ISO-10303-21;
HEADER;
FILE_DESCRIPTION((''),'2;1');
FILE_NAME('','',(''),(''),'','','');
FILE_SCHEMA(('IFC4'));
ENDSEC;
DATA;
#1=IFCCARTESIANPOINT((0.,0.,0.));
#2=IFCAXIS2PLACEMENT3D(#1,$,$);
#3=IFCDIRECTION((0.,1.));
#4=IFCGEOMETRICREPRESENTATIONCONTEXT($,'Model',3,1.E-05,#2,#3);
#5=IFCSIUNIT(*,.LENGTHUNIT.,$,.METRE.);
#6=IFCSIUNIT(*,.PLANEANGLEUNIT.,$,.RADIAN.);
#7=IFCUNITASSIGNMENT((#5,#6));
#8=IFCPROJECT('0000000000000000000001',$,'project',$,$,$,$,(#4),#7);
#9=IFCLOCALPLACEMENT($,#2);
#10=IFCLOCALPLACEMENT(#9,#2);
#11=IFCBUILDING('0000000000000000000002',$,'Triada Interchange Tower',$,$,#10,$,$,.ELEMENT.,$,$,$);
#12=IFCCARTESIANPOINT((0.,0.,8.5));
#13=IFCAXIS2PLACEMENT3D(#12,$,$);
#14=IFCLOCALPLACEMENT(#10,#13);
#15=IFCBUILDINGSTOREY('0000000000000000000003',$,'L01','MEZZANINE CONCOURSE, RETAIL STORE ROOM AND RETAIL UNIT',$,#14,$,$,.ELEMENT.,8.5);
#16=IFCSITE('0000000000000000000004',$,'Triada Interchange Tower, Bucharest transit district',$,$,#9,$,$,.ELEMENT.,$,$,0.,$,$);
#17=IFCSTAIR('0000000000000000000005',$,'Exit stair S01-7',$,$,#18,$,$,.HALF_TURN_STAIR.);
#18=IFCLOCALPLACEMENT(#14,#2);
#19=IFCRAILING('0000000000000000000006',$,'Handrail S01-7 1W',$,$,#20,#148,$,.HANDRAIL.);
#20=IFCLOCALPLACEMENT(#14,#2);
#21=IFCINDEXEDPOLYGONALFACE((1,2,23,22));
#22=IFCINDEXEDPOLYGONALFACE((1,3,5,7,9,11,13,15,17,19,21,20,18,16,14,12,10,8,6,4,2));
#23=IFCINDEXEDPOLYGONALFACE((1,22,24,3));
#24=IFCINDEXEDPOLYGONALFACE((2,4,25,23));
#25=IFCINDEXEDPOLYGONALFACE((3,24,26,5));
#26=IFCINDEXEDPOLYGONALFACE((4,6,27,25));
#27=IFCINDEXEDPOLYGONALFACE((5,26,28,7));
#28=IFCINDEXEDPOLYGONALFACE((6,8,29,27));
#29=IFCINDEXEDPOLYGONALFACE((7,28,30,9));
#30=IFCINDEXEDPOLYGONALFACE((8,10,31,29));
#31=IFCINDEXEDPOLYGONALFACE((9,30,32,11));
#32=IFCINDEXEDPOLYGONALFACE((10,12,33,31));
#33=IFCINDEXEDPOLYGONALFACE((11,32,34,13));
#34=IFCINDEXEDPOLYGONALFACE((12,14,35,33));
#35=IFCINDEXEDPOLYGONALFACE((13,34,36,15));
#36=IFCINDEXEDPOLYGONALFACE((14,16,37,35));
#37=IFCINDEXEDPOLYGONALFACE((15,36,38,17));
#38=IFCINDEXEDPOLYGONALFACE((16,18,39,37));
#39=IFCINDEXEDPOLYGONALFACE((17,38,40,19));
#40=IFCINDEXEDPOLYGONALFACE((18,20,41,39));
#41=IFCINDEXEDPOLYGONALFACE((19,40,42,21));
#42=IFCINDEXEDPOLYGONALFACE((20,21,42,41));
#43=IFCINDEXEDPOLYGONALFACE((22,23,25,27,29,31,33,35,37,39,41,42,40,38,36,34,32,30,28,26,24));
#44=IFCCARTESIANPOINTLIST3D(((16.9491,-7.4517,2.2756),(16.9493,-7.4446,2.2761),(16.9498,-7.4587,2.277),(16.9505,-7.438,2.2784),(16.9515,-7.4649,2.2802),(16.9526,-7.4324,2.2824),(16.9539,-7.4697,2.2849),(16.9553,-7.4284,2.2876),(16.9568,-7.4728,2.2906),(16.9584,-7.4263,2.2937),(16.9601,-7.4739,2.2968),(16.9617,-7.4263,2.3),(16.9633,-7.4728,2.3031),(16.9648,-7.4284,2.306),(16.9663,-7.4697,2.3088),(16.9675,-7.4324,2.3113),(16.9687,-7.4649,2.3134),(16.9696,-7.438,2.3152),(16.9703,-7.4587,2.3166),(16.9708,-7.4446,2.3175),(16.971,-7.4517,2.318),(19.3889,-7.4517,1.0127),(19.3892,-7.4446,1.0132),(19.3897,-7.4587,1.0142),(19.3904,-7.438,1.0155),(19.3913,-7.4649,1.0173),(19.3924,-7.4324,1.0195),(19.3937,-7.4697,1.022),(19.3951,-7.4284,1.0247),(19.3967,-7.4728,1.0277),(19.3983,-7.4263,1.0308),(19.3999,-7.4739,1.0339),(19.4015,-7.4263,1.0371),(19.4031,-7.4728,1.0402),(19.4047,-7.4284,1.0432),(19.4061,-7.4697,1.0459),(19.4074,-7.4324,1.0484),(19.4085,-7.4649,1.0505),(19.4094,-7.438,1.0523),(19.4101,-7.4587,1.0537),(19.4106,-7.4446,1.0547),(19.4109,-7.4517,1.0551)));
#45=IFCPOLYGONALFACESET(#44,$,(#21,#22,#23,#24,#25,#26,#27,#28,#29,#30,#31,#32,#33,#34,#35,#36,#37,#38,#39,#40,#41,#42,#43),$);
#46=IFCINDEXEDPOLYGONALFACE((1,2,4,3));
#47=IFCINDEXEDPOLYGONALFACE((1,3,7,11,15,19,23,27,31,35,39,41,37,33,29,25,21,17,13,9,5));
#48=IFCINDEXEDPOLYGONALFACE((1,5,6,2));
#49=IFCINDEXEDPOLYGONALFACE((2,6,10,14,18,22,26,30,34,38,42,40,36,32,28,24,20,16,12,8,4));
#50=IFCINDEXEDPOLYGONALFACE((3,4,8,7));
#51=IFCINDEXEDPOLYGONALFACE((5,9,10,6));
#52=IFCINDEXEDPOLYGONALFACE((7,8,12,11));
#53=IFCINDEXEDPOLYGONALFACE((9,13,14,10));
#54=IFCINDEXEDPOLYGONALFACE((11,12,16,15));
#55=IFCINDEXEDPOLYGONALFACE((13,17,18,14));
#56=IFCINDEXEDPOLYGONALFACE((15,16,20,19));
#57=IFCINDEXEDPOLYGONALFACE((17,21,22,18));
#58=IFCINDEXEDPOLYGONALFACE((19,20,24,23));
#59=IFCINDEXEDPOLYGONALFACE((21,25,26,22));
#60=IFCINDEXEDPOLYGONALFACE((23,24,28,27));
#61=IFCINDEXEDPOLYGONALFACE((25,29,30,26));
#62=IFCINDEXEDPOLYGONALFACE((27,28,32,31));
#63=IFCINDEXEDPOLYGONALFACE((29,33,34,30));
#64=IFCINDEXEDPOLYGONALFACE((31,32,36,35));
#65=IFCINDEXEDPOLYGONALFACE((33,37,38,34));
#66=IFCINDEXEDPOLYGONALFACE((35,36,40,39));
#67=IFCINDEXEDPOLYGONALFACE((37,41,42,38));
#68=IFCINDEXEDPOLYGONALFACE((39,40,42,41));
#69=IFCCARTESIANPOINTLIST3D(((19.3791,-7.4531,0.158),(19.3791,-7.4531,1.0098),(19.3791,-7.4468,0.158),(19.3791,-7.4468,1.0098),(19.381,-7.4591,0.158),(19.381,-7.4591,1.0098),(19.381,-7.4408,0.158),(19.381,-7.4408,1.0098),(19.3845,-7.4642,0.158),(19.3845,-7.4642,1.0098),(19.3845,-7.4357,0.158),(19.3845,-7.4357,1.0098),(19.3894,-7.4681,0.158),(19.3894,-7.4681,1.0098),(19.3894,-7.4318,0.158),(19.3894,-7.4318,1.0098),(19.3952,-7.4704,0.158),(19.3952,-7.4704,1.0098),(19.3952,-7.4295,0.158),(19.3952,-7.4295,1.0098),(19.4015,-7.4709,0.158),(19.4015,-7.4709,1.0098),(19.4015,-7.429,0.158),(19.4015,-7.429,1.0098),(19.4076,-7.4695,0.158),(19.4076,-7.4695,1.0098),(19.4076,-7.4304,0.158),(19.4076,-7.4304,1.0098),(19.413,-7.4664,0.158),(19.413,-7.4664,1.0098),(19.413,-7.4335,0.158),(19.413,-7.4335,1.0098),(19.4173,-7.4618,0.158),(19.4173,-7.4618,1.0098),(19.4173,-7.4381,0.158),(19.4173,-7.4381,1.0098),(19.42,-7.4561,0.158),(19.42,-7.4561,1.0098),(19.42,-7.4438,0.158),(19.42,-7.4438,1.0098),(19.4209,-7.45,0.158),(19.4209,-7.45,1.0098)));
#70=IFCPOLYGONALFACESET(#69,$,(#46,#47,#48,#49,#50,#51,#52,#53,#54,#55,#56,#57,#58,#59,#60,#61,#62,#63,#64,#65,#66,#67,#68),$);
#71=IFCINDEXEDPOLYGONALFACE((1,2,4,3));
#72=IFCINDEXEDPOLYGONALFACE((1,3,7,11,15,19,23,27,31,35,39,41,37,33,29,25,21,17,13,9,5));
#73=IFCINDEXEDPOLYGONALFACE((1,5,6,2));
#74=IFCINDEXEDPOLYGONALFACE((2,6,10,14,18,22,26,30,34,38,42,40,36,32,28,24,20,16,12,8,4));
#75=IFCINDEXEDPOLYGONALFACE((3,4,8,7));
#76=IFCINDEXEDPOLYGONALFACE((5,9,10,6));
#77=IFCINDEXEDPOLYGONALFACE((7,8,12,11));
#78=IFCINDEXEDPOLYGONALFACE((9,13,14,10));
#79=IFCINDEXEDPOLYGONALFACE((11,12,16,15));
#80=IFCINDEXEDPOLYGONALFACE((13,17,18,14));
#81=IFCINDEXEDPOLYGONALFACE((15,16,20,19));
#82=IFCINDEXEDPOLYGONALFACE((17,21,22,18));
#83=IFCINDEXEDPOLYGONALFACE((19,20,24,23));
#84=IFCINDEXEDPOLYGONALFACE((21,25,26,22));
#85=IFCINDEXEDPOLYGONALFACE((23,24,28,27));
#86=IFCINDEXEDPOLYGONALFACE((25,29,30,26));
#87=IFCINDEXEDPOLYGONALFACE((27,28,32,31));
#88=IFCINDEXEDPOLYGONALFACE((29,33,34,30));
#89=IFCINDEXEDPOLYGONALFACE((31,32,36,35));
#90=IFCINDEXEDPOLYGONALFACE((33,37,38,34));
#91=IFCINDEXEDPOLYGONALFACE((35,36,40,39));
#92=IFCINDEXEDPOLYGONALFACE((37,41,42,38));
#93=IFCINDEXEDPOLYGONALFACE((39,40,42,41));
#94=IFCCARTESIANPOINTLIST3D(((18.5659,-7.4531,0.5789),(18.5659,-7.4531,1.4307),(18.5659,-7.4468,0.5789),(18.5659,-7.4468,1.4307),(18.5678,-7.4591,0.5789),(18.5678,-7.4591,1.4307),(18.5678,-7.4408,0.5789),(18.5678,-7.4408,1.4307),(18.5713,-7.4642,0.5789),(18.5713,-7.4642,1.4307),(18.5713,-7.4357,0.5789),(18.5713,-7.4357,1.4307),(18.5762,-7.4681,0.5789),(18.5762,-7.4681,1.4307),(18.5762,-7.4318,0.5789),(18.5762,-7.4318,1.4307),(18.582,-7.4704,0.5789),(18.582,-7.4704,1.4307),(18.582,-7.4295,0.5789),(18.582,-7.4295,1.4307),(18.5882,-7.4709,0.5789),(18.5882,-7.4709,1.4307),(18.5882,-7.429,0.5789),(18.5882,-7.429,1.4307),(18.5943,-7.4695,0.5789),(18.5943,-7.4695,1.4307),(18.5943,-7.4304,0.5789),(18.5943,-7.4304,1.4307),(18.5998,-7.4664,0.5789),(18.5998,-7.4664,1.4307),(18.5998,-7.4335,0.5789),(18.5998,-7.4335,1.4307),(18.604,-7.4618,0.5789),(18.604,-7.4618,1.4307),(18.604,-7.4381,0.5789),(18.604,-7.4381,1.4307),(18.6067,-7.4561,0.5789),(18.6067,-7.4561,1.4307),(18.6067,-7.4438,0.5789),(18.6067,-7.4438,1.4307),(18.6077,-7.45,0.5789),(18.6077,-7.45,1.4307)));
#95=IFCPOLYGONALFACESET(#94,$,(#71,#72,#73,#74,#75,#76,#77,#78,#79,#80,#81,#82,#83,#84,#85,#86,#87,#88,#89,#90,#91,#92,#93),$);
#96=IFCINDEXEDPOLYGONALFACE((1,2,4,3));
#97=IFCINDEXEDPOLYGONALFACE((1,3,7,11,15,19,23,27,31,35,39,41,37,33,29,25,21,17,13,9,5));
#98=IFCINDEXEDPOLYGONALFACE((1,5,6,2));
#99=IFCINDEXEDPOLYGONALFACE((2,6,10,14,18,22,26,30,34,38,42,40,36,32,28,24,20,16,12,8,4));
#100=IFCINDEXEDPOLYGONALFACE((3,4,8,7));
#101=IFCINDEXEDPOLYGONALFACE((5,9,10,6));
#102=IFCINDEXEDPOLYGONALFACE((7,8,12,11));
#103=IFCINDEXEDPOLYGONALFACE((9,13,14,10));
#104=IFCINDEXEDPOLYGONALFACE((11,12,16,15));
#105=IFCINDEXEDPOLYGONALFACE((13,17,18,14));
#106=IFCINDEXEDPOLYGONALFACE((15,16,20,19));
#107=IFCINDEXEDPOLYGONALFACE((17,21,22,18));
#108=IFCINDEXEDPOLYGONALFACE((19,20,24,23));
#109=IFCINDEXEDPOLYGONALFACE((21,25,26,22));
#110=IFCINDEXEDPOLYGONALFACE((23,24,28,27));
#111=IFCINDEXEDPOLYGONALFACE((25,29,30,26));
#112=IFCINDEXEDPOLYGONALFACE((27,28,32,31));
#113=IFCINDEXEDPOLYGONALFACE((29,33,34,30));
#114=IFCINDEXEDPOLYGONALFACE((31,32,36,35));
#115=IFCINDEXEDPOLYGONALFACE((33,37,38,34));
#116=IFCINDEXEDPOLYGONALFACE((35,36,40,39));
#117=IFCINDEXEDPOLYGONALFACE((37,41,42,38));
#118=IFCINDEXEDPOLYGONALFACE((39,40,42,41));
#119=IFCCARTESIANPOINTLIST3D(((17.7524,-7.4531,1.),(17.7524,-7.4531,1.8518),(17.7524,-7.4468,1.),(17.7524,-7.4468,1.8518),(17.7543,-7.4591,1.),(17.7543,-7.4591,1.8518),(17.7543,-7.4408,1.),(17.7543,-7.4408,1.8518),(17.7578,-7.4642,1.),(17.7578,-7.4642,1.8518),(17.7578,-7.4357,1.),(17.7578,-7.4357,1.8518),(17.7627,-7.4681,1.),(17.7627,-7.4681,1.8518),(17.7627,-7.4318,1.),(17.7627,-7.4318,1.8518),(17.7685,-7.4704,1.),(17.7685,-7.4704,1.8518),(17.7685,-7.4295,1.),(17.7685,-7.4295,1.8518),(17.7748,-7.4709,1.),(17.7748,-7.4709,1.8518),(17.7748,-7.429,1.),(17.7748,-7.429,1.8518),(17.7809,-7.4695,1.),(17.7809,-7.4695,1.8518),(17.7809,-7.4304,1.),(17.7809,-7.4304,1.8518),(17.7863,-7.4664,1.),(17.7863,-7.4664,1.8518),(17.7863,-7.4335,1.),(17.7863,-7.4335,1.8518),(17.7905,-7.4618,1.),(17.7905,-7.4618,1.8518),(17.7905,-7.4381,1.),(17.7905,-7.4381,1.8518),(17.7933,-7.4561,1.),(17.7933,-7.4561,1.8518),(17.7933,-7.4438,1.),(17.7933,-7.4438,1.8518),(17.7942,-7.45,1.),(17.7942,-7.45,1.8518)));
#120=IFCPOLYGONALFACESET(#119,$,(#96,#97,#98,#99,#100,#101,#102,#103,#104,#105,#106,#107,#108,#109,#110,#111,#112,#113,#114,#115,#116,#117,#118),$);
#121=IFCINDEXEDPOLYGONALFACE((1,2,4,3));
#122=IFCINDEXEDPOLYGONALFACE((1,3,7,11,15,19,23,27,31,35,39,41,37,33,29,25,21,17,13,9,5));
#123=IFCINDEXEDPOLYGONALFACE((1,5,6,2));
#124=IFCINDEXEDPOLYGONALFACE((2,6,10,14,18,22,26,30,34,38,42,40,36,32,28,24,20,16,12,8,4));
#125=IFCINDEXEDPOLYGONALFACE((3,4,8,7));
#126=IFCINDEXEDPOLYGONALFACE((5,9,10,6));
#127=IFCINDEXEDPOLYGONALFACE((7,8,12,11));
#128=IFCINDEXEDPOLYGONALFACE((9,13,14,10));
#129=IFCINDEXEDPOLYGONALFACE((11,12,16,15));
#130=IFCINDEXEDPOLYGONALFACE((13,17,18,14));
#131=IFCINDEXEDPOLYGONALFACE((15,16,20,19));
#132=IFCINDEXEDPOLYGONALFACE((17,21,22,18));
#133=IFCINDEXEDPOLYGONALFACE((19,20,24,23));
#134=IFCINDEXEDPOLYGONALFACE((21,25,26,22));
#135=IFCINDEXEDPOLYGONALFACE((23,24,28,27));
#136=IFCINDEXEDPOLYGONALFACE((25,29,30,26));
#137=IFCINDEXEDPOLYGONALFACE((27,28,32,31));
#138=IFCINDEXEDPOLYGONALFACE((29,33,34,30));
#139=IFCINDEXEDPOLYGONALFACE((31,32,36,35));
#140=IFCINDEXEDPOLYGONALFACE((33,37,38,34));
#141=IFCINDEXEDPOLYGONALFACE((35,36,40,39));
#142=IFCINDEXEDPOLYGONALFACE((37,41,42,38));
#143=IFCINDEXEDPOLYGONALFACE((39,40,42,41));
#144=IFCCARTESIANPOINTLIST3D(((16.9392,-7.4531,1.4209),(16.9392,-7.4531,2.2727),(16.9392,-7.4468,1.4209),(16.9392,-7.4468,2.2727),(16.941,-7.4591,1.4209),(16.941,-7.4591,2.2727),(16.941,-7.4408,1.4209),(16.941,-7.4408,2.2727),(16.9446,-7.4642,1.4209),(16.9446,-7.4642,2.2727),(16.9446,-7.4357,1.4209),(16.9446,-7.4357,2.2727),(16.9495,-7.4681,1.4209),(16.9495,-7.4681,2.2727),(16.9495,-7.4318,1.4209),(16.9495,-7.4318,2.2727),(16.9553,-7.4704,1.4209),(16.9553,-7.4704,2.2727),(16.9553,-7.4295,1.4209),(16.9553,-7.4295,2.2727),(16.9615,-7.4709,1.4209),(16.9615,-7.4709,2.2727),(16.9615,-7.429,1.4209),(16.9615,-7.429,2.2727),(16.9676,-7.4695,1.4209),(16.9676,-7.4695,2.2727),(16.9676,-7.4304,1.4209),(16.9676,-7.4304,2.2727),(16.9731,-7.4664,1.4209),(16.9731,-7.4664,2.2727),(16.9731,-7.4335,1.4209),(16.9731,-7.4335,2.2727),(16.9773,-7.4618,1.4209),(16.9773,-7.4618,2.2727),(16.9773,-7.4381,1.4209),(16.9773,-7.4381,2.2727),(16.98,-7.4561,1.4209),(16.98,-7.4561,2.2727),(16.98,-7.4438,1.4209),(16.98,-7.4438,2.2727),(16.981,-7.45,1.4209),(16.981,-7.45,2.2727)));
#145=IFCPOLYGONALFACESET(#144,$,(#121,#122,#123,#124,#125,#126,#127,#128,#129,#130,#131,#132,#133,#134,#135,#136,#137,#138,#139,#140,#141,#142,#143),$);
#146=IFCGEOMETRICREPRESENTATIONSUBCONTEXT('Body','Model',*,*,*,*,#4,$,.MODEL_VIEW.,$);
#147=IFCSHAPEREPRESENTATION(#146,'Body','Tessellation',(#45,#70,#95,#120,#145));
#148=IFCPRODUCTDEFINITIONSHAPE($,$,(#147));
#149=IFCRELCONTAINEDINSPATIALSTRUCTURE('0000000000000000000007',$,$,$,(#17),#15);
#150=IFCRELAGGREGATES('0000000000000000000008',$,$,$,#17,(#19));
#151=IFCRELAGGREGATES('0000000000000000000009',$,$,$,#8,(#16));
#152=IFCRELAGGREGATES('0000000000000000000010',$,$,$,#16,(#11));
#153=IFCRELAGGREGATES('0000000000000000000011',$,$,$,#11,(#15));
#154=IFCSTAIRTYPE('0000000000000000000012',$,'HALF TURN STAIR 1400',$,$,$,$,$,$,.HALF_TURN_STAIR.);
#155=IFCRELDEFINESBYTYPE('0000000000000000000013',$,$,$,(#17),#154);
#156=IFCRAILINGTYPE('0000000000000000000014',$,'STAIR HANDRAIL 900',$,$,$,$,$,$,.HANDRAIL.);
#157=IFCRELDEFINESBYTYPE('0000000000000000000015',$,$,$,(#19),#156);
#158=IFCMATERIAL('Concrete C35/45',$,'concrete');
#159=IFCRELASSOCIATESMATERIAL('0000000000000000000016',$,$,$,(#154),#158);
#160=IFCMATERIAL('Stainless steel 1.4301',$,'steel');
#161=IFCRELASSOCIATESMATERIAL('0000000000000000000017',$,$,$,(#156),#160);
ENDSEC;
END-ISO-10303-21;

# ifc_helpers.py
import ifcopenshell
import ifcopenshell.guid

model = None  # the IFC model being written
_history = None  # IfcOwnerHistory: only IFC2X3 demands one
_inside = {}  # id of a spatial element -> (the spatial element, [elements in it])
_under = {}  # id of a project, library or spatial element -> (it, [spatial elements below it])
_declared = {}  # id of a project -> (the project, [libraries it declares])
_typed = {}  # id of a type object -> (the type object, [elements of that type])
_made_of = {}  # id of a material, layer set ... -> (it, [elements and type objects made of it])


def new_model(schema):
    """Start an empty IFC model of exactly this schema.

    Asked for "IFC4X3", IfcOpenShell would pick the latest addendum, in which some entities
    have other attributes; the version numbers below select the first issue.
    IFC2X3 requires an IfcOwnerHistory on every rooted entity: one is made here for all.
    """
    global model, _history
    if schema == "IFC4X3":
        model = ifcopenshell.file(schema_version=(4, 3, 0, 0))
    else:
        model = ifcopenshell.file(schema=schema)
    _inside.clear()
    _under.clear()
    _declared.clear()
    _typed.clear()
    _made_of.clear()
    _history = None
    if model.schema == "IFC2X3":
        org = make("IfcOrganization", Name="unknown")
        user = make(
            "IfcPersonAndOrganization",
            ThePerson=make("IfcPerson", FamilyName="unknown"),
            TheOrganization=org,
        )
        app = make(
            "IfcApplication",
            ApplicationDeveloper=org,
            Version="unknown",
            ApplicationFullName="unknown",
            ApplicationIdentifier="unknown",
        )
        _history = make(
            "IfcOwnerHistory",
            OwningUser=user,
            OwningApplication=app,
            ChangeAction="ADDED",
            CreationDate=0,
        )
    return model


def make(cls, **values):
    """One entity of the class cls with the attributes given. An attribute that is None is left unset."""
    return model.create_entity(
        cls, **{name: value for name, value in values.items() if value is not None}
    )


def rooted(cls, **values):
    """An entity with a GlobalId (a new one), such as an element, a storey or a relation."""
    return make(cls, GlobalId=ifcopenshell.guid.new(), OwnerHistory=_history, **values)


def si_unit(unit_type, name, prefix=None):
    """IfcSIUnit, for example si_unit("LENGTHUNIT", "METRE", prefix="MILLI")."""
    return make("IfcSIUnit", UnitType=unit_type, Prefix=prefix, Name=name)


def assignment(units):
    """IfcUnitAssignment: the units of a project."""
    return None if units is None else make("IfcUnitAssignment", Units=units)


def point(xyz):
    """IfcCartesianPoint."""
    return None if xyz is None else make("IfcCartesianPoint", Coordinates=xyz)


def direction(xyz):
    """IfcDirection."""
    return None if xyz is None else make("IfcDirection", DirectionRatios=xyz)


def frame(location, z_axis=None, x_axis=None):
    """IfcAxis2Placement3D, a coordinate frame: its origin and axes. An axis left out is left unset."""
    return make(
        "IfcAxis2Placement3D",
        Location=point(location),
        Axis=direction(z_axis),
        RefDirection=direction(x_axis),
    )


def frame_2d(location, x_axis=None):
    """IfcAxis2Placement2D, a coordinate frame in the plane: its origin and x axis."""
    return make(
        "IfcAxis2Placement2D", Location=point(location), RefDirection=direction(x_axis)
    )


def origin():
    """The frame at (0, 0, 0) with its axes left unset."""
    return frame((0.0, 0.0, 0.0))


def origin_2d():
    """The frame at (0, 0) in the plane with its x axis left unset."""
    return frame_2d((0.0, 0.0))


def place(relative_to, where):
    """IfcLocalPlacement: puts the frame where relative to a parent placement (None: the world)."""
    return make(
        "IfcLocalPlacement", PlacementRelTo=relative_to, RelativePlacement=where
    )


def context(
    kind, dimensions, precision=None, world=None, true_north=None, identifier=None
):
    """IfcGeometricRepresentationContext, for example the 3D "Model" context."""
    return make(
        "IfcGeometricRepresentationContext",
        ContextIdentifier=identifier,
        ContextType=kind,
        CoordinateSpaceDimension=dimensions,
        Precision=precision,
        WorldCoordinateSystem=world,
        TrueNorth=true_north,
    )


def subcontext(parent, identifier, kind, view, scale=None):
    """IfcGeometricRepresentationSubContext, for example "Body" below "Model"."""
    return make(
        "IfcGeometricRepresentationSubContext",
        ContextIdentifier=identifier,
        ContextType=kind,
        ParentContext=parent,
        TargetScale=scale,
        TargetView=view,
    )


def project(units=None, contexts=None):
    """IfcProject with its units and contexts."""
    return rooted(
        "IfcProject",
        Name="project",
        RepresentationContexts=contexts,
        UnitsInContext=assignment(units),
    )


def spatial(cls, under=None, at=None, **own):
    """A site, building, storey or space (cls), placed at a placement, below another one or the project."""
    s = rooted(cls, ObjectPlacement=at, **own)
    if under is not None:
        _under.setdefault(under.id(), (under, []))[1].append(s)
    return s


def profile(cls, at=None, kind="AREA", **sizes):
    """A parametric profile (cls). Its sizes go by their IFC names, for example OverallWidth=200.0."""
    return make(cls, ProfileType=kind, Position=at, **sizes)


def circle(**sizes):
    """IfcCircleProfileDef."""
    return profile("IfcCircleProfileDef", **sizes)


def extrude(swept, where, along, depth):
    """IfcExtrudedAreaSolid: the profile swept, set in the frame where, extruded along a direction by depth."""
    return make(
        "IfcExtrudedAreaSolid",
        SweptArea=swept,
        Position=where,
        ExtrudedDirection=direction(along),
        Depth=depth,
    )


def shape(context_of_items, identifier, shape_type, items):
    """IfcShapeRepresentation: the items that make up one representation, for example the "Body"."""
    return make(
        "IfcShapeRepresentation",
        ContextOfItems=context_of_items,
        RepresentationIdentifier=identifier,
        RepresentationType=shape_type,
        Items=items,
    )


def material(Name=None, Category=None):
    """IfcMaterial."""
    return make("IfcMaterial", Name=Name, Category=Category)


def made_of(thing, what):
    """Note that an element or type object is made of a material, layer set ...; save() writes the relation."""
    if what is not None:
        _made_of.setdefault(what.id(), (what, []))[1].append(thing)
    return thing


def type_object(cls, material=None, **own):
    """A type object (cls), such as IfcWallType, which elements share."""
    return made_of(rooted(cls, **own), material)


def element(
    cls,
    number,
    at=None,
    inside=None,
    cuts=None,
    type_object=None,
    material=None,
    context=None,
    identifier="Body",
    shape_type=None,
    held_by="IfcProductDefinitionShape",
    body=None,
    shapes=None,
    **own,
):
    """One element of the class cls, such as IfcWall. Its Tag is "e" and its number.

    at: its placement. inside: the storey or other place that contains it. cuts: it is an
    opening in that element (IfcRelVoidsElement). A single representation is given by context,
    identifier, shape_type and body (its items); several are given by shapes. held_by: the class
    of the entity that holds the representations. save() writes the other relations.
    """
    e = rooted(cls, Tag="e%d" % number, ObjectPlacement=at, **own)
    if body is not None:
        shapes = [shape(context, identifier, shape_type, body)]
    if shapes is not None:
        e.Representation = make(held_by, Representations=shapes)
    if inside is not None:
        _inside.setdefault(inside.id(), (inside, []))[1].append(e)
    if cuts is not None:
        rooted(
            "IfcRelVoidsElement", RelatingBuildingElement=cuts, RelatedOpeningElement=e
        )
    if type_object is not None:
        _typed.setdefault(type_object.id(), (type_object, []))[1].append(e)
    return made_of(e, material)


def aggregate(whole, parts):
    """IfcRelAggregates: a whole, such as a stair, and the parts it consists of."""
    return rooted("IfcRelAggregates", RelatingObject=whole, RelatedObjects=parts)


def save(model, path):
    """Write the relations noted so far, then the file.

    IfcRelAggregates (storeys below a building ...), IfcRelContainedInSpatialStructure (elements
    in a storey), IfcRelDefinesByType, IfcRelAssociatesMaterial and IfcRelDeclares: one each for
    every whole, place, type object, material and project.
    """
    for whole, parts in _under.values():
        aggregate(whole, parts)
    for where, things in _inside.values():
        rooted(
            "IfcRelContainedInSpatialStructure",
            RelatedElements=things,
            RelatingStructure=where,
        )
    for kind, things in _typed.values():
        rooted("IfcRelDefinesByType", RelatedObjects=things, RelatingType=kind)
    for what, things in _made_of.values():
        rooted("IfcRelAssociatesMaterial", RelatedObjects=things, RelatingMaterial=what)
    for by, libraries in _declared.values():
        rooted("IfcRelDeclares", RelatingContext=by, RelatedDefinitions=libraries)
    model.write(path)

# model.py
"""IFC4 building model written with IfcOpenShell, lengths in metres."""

from ifc_helpers import new_model, si_unit, direction, frame, origin, origin_2d, place, context, subcontext, project, spatial, circle, extrude, material, type_object, element, aggregate, save


model = new_model("IFC4")

# Units and contexts
model_context = context("Model", 3, precision=1e-05, world=origin(), true_north=direction((0.0, 1.0)))
body_context = subcontext(model_context, "Body", "Model", "MODEL_VIEW")
ifc_project = project(units=[si_unit("LENGTHUNIT", "METRE"), si_unit("PLANEANGLEUNIT", "RADIAN")], contexts=[model_context])

# Site, building, storey
site_placement = place(None, origin())
site = spatial("IfcSite", under=ifc_project, at=site_placement, Name="Triada Interchange Tower, Bucharest transit district", CompositionType="ELEMENT", RefElevation=0.0)
building_placement = place(site_placement, origin())
building = spatial("IfcBuilding", under=site, at=building_placement, Name="Triada Interchange Tower", CompositionType="ELEMENT")
storey_placement = place(building_placement, frame((0.0, 0.0, 8.5)))
storey = spatial("IfcBuildingStorey", under=building, at=storey_placement, Name="L01", Description="MEZZANINE CONCOURSE, RETAIL STORE ROOM AND RETAIL UNIT", CompositionType="ELEMENT", Elevation=8.5)

# Shared definitions
ifc_material_1 = material(Name="Concrete C35/45", Category="concrete")

# Stair, railing
stair_type = type_object("IfcStairType", Name="HALF TURN STAIR 1400", PredefinedType="HALF_TURN_STAIR", material=ifc_material_1)
stair_placement = place(storey_placement, origin())
stair = element("IfcStair", 1, at=stair_placement, inside=storey, type_object=stair_type, Name="Exit stair S01-7", PredefinedType="HALF_TURN_STAIR")
ifc_material_2 = material(Name="Stainless steel 1.4301", Category="steel")
railing_type_1 = type_object("IfcRailingType", Name="STAIR HANDRAIL 900", PredefinedType="HANDRAIL", material=ifc_material_2)
railing_1_placement = place(storey_placement, frame((19.3999, -7.45, 0.158)))
railing_1 = element("IfcRailing", 2, at=railing_1_placement, type_object=railing_type_1, Name="Handrail S01-7 1W", PredefinedType="HANDRAIL", context=body_context, shape_type="SweptSolid", body=[
    extrude(circle(Radius=0.0239, at=origin_2d()), frame((0.0, 0.0, 0.876), z_axis=(-0.888084, 0.0, 0.459682), x_axis=(0.0, -1.0, 0.0)), (0.0, 0.0, 1.0), 2.7473),
    extrude(circle(Radius=0.021, at=origin_2d()), origin(), (0.0, 0.0, 1.0), 0.8518),
    extrude(circle(Radius=0.021, at=origin_2d()), frame((-0.8132, 0.0, 0.4209)), (0.0, 0.0, 1.0), 0.8518),
    extrude(circle(Radius=0.021, at=origin_2d()), frame((-1.6267, 0.0, 0.842)), (0.0, 0.0, 1.0), 0.8518),
    extrude(circle(Radius=0.021, at=origin_2d()), frame((-2.4399, 0.0, 1.2629)), (0.0, 0.0, 1.0), 0.8518),
])
aggregate(stair, [railing_1])

save(model, "model.ifc")
